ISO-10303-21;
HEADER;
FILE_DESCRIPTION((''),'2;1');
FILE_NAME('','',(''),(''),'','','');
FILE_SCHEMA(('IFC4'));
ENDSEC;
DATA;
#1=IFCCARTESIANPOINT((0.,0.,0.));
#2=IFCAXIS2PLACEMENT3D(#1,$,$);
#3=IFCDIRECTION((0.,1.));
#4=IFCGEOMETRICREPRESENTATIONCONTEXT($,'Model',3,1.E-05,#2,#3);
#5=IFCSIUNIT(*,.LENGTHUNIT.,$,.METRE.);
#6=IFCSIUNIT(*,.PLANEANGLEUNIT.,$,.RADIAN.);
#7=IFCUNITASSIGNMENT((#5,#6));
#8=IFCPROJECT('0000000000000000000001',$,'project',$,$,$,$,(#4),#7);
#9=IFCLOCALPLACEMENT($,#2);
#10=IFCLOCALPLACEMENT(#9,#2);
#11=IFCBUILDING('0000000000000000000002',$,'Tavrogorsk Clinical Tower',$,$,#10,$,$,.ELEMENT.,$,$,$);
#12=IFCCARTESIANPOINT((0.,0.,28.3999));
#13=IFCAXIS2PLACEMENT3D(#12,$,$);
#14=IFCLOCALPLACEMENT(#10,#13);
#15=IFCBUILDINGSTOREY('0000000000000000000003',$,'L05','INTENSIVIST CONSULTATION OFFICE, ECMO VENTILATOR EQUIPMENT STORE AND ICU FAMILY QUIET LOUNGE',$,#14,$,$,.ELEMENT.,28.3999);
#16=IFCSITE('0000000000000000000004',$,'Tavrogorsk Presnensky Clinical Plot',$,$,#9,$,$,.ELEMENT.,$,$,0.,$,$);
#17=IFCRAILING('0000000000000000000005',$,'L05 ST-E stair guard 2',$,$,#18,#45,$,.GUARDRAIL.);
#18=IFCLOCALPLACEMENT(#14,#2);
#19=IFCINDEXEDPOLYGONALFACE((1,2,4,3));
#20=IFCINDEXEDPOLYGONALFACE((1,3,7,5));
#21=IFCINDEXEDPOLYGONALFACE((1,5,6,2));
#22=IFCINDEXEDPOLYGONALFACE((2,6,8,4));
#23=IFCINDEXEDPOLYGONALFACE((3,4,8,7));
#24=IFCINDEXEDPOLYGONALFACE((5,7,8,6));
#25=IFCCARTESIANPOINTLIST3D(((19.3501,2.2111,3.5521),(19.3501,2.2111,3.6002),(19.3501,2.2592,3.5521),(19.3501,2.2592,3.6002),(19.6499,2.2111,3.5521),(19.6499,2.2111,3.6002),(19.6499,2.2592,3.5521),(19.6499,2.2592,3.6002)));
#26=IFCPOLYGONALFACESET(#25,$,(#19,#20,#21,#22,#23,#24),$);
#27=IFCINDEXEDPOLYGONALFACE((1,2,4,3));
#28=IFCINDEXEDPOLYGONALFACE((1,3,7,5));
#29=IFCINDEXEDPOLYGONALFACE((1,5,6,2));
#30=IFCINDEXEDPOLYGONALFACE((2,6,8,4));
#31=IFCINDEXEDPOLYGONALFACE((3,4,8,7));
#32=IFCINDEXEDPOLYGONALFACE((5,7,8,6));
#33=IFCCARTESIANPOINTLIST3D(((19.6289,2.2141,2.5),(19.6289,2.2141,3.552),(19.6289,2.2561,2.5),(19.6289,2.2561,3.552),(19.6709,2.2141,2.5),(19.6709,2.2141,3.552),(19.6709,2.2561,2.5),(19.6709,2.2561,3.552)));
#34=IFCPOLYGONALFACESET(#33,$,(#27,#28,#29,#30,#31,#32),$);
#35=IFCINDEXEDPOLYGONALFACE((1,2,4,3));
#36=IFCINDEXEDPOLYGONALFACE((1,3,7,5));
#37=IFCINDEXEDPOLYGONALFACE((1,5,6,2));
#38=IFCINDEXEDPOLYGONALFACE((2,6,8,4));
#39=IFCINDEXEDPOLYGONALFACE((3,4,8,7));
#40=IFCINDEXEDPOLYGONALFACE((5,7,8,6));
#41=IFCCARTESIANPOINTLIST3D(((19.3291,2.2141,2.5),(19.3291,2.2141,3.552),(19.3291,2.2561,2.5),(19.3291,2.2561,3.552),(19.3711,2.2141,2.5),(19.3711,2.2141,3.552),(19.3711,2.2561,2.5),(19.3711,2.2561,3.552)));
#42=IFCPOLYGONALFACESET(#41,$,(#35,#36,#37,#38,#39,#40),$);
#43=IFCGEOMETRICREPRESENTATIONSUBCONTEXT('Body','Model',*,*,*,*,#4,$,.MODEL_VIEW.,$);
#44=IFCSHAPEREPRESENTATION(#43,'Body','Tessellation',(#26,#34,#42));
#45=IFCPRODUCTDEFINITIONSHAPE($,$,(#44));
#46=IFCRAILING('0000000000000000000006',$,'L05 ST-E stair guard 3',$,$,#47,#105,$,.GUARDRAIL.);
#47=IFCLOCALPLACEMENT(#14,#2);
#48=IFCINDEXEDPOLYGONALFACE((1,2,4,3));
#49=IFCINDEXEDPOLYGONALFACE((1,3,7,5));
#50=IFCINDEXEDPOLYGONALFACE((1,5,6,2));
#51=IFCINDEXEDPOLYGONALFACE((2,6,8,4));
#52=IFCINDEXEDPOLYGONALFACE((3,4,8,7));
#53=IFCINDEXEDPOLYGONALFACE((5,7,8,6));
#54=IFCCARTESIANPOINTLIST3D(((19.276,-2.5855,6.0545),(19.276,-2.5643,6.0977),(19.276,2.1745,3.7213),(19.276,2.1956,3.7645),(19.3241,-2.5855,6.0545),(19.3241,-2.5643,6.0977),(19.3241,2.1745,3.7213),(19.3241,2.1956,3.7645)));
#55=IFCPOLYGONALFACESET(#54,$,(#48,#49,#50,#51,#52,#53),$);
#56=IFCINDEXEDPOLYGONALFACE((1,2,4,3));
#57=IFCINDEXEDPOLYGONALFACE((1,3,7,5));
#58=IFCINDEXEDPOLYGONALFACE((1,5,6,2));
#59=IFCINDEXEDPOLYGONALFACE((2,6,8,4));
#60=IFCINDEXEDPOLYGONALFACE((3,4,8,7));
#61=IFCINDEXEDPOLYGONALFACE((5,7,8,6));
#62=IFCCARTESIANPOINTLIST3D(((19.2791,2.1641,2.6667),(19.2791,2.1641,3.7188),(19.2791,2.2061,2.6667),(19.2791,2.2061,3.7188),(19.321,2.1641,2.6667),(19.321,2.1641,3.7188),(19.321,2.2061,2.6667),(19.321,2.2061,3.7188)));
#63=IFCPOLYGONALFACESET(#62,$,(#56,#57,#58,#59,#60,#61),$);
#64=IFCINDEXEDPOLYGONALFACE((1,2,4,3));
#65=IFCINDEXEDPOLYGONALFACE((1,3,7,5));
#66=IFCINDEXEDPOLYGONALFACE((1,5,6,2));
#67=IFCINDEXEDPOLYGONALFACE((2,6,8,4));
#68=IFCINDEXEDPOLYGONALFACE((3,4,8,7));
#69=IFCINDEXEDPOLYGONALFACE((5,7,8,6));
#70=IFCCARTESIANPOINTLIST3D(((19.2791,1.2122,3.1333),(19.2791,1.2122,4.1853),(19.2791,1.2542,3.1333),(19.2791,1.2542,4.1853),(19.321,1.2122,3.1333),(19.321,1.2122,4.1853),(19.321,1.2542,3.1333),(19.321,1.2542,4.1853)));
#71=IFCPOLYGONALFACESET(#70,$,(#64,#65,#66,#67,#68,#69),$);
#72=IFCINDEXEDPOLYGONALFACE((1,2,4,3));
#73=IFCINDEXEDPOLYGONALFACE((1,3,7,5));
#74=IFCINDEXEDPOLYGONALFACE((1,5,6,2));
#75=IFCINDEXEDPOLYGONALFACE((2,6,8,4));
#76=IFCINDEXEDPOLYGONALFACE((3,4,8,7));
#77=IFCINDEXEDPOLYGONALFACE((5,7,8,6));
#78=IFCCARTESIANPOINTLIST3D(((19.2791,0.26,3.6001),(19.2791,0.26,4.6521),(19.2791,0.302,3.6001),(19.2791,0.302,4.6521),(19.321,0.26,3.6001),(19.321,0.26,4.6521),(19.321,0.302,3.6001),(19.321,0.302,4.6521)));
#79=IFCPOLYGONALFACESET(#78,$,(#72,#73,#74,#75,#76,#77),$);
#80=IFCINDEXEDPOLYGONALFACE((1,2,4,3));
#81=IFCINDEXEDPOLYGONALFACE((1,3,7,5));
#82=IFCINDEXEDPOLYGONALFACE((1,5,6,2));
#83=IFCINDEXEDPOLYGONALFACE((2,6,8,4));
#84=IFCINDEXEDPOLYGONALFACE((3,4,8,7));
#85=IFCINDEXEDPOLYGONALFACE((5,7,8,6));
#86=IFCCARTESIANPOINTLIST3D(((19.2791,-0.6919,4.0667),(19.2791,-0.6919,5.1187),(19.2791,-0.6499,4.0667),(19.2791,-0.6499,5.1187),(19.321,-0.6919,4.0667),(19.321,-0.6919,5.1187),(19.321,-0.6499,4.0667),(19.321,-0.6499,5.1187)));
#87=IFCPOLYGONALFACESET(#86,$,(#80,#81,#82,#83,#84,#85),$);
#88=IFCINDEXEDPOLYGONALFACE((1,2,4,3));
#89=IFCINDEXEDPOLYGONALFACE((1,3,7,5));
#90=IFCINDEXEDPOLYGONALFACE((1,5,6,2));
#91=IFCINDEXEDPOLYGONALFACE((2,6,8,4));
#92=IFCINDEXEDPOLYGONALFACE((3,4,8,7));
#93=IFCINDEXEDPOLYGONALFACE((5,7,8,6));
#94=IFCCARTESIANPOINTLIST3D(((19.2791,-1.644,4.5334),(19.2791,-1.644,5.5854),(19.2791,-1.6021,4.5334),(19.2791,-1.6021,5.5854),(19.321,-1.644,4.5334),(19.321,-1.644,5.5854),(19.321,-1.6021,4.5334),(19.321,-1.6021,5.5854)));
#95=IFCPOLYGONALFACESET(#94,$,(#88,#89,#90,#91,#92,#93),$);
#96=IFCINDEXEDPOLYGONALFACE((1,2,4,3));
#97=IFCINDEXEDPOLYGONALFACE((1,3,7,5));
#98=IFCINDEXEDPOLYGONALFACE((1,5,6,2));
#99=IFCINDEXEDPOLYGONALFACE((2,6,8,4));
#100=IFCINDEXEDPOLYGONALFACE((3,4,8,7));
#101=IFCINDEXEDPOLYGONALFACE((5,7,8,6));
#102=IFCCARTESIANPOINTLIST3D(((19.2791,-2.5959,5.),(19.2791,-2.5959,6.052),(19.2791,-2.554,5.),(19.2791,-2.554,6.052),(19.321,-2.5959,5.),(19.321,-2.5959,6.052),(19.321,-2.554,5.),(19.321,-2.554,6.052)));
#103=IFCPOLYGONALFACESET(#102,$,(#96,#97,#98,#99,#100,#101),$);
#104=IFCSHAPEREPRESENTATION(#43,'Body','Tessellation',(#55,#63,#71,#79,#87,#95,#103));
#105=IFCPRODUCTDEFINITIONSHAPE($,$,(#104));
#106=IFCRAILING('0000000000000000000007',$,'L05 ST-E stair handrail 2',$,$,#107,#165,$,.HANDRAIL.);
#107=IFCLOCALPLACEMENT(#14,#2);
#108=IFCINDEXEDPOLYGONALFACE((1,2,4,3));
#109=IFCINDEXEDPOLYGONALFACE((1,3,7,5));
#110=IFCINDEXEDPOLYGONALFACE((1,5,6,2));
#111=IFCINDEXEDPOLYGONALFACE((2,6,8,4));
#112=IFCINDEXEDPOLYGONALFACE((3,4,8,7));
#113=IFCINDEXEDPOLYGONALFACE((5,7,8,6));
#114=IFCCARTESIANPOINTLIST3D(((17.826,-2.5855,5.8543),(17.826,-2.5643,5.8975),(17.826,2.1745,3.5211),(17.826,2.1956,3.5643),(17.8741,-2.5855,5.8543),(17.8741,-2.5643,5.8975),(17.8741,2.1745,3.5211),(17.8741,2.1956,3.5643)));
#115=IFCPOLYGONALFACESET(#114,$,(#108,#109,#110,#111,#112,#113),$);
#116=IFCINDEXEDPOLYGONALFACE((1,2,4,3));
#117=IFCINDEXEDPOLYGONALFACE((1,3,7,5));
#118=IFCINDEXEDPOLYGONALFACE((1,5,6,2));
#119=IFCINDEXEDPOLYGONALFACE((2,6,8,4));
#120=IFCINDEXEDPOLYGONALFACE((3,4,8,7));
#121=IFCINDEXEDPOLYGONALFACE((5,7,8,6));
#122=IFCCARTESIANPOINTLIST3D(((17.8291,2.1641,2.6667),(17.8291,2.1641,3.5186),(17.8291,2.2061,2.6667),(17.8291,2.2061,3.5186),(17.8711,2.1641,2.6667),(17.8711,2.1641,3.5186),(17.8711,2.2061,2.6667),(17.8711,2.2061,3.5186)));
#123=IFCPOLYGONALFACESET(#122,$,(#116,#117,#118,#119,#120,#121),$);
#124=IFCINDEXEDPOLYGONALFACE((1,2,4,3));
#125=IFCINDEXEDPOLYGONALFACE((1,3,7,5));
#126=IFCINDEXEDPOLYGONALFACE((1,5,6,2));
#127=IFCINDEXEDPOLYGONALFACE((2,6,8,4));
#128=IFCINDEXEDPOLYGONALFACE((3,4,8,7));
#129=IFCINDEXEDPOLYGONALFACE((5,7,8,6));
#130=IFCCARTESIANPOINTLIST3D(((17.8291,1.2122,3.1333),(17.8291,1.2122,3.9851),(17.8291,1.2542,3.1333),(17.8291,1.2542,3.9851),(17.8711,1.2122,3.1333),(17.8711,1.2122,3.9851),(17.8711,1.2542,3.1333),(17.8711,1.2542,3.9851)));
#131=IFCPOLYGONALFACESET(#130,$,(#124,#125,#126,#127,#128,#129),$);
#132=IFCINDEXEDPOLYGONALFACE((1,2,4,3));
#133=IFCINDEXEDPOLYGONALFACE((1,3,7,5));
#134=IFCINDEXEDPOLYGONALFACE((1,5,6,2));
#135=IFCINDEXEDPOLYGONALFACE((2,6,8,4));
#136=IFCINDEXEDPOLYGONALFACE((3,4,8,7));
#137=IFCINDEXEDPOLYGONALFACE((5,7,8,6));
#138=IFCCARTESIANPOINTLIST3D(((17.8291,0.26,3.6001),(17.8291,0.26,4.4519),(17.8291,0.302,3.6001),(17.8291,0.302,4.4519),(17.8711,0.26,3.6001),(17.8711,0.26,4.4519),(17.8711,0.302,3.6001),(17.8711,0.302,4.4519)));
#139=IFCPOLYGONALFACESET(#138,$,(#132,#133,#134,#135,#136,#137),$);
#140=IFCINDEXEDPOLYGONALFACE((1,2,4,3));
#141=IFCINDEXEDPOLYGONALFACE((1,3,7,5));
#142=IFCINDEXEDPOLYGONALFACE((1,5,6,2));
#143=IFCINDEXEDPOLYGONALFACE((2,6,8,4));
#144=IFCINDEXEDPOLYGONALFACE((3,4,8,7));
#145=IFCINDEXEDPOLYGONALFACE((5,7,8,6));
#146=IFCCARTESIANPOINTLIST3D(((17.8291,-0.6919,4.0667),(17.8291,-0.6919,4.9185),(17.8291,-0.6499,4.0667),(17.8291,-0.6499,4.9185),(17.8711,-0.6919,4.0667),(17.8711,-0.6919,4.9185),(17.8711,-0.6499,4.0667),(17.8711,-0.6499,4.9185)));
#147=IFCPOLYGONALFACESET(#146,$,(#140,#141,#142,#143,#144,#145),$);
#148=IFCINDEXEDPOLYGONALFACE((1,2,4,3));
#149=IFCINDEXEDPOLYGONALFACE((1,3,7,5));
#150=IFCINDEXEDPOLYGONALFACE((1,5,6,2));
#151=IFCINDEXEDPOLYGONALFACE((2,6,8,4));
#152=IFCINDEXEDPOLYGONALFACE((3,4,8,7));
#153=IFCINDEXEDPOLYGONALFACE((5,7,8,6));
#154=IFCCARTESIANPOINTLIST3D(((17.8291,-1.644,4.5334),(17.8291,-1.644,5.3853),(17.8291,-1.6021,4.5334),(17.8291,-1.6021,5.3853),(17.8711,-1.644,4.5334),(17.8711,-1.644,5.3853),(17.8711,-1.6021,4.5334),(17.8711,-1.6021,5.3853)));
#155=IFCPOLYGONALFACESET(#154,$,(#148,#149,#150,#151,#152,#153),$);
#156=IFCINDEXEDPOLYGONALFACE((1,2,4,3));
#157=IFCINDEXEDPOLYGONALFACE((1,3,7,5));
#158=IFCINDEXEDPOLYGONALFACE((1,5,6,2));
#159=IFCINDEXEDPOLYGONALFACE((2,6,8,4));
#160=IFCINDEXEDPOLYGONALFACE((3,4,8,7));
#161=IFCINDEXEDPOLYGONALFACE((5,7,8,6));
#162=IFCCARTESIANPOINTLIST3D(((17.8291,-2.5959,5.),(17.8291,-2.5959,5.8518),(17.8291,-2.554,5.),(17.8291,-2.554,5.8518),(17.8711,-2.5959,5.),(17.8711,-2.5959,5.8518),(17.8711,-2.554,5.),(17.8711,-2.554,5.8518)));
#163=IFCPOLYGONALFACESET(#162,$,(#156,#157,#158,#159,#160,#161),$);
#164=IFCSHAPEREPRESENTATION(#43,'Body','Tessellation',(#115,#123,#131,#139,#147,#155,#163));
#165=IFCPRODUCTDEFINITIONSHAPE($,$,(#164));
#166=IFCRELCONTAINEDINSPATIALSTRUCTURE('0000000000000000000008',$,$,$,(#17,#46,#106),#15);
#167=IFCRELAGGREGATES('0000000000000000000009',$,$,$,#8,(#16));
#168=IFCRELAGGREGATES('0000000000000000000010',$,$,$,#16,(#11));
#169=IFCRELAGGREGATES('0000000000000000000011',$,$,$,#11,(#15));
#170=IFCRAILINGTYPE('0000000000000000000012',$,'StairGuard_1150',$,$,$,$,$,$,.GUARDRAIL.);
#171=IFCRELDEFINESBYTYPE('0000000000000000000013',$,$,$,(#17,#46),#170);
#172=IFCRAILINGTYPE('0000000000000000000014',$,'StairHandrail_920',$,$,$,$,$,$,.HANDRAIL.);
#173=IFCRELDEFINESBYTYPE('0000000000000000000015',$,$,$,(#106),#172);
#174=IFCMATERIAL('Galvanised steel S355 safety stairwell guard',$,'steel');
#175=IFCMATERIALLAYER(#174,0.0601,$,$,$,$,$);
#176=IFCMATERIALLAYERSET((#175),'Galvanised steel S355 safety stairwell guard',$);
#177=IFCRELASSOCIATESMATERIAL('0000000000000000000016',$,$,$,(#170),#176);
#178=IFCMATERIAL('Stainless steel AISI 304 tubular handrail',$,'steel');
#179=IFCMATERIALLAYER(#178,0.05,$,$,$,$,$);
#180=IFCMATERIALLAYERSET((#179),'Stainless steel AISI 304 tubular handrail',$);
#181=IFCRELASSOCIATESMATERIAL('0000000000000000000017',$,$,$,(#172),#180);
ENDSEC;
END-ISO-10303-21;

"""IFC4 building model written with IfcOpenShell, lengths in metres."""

from ifc_helpers import new_model, si_unit, direction, frame, origin, origin_2d, place, context, subcontext, project, spatial, rectangle, extrude, material, layer, layer_set, type_object, element, save


model = new_model("IFC4")

# Units and contexts
model_context = context("Model", 3, precision=1e-05, world=origin(), true_north=direction((0.0, 1.0)))
body_context = subcontext(model_context, "Body", "Model", "MODEL_VIEW")
ifc_project = project(units=[si_unit("LENGTHUNIT", "METRE"), si_unit("PLANEANGLEUNIT", "RADIAN")], contexts=[model_context])

# Site, building, storey
site_placement = place(None, origin())
site = spatial("IfcSite", under=ifc_project, at=site_placement, Name="Tavrogorsk Presnensky Clinical Plot", CompositionType="ELEMENT", RefElevation=0.0)
building_placement = place(site_placement, origin())
building = spatial("IfcBuilding", under=site, at=building_placement, Name="Tavrogorsk Clinical Tower", CompositionType="ELEMENT")
storey_placement = place(building_placement, frame((0.0, 0.0, 28.3999)))
storey = spatial("IfcBuildingStorey", under=building, at=storey_placement, Name="L05", Description="INTENSIVIST CONSULTATION OFFICE, ECMO VENTILATOR EQUIPMENT STORE AND ICU FAMILY QUIET LOUNGE", CompositionType="ELEMENT", Elevation=28.3999)

# Railings
ifc_material_1 = material(Name="Galvanised steel S355 safety stairwell guard", Category="steel")
ifc_layer_1 = layer(ifc_material_1, 0.0601)
ifc_layer_set_1 = layer_set([ifc_layer_1], Name="Galvanised steel S355 safety stairwell guard")
railing_type_1 = type_object("IfcRailingType", Name="StairGuard_1150", PredefinedType="GUARDRAIL", material=ifc_layer_set_1)
railing_1_placement = place(storey_placement, frame((19.6499, 2.2351, 2.5)))
element("IfcRailing", 1, at=railing_1_placement, inside=storey, type_object=railing_type_1, Name="L05 ST-E stair guard 2", PredefinedType="GUARDRAIL", context=body_context, shape_type="SweptSolid", body=[
    extrude(rectangle(XDim=0.0481, YDim=0.0481, at=origin_2d()), frame((0.0, 0.0, 1.0762), z_axis=(-1.0, 0.0, 0.0), x_axis=(0.0, -1.0, 0.0)), (0.0, 0.0, 1.0), 0.2998),
    extrude(rectangle(XDim=0.042, YDim=0.042, at=origin_2d()), origin(), (0.0, 0.0, 1.0), 1.052),
    extrude(rectangle(XDim=0.042, YDim=0.042, at=origin_2d()), frame((-0.2998, 0.0, 0.0)), (0.0, 0.0, 1.0), 1.052),
])
railing_2_placement = place(storey_placement, frame((19.3, 2.1851, 2.6667)))
element("IfcRailing", 2, at=railing_2_placement, inside=storey, type_object=railing_type_1, Name="L05 ST-E stair guard 3", PredefinedType="GUARDRAIL", context=body_context, shape_type="SweptSolid", body=[
    extrude(rectangle(XDim=0.0481, YDim=0.0481, at=origin_2d()), frame((0.0, 0.0, 1.0762), z_axis=(0.0, -0.897927, 0.440144), x_axis=(1.0, 0.0, 0.0)), (0.0, 0.0, 1.0), 5.301),
    extrude(rectangle(XDim=0.042, YDim=0.042, at=origin_2d()), origin(), (0.0, 0.0, 1.0), 1.052),
    extrude(rectangle(XDim=0.042, YDim=0.042, at=origin_2d()), frame((0.0, -0.9519, 0.4666)), (0.0, 0.0, 1.0), 1.052),
    extrude(rectangle(XDim=0.042, YDim=0.042, at=origin_2d()), frame((0.0, -1.9041, 0.9333)), (0.0, 0.0, 1.0), 1.052),
    extrude(rectangle(XDim=0.042, YDim=0.042, at=origin_2d()), frame((0.0, -2.856, 1.3999)), (0.0, 0.0, 1.0), 1.052),
    extrude(rectangle(XDim=0.042, YDim=0.042, at=origin_2d()), frame((0.0, -3.8081, 1.8667)), (0.0, 0.0, 1.0), 1.052),
    extrude(rectangle(XDim=0.042, YDim=0.042, at=origin_2d()), frame((0.0, -4.76, 2.3333)), (0.0, 0.0, 1.0), 1.052),
])
ifc_material_2 = material(Name="Stainless steel AISI 304 tubular handrail", Category="steel")
ifc_layer_2 = layer(ifc_material_2, 0.05)
ifc_layer_set_2 = layer_set([ifc_layer_2], Name="Stainless steel AISI 304 tubular handrail")
railing_type_2 = type_object("IfcRailingType", Name="StairHandrail_920", PredefinedType="HANDRAIL", material=ifc_layer_set_2)
railing_3_placement = place(storey_placement, frame((17.8501, 2.1851, 2.6667)))
element("IfcRailing", 3, at=railing_3_placement, inside=storey, type_object=railing_type_2, Name="L05 ST-E stair handrail 2", PredefinedType="HANDRAIL", context=body_context, shape_type="SweptSolid", body=[
    extrude(rectangle(XDim=0.0481, YDim=0.0481, at=origin_2d()), frame((0.0, 0.0, 0.876), z_axis=(0.0, -0.897927, 0.440144), x_axis=(1.0, 0.0, 0.0)), (0.0, 0.0, 1.0), 5.301),
    extrude(rectangle(XDim=0.042, YDim=0.042, at=origin_2d()), origin(), (0.0, 0.0, 1.0), 0.8518),
    extrude(rectangle(XDim=0.042, YDim=0.042, at=origin_2d()), frame((0.0, -0.9519, 0.4666)), (0.0, 0.0, 1.0), 0.8518),
    extrude(rectangle(XDim=0.042, YDim=0.042, at=origin_2d()), frame((0.0, -1.9041, 0.9333)), (0.0, 0.0, 1.0), 0.8518),
    extrude(rectangle(XDim=0.042, YDim=0.042, at=origin_2d()), frame((0.0, -2.856, 1.3999)), (0.0, 0.0, 1.0), 0.8518),
    extrude(rectangle(XDim=0.042, YDim=0.042, at=origin_2d()), frame((0.0, -3.8081, 1.8667)), (0.0, 0.0, 1.0), 0.8518),
    extrude(rectangle(XDim=0.042, YDim=0.042, at=origin_2d()), frame((0.0, -4.76, 2.3333)), (0.0, 0.0, 1.0), 0.8518),
])

save(model, "model.ifc")
